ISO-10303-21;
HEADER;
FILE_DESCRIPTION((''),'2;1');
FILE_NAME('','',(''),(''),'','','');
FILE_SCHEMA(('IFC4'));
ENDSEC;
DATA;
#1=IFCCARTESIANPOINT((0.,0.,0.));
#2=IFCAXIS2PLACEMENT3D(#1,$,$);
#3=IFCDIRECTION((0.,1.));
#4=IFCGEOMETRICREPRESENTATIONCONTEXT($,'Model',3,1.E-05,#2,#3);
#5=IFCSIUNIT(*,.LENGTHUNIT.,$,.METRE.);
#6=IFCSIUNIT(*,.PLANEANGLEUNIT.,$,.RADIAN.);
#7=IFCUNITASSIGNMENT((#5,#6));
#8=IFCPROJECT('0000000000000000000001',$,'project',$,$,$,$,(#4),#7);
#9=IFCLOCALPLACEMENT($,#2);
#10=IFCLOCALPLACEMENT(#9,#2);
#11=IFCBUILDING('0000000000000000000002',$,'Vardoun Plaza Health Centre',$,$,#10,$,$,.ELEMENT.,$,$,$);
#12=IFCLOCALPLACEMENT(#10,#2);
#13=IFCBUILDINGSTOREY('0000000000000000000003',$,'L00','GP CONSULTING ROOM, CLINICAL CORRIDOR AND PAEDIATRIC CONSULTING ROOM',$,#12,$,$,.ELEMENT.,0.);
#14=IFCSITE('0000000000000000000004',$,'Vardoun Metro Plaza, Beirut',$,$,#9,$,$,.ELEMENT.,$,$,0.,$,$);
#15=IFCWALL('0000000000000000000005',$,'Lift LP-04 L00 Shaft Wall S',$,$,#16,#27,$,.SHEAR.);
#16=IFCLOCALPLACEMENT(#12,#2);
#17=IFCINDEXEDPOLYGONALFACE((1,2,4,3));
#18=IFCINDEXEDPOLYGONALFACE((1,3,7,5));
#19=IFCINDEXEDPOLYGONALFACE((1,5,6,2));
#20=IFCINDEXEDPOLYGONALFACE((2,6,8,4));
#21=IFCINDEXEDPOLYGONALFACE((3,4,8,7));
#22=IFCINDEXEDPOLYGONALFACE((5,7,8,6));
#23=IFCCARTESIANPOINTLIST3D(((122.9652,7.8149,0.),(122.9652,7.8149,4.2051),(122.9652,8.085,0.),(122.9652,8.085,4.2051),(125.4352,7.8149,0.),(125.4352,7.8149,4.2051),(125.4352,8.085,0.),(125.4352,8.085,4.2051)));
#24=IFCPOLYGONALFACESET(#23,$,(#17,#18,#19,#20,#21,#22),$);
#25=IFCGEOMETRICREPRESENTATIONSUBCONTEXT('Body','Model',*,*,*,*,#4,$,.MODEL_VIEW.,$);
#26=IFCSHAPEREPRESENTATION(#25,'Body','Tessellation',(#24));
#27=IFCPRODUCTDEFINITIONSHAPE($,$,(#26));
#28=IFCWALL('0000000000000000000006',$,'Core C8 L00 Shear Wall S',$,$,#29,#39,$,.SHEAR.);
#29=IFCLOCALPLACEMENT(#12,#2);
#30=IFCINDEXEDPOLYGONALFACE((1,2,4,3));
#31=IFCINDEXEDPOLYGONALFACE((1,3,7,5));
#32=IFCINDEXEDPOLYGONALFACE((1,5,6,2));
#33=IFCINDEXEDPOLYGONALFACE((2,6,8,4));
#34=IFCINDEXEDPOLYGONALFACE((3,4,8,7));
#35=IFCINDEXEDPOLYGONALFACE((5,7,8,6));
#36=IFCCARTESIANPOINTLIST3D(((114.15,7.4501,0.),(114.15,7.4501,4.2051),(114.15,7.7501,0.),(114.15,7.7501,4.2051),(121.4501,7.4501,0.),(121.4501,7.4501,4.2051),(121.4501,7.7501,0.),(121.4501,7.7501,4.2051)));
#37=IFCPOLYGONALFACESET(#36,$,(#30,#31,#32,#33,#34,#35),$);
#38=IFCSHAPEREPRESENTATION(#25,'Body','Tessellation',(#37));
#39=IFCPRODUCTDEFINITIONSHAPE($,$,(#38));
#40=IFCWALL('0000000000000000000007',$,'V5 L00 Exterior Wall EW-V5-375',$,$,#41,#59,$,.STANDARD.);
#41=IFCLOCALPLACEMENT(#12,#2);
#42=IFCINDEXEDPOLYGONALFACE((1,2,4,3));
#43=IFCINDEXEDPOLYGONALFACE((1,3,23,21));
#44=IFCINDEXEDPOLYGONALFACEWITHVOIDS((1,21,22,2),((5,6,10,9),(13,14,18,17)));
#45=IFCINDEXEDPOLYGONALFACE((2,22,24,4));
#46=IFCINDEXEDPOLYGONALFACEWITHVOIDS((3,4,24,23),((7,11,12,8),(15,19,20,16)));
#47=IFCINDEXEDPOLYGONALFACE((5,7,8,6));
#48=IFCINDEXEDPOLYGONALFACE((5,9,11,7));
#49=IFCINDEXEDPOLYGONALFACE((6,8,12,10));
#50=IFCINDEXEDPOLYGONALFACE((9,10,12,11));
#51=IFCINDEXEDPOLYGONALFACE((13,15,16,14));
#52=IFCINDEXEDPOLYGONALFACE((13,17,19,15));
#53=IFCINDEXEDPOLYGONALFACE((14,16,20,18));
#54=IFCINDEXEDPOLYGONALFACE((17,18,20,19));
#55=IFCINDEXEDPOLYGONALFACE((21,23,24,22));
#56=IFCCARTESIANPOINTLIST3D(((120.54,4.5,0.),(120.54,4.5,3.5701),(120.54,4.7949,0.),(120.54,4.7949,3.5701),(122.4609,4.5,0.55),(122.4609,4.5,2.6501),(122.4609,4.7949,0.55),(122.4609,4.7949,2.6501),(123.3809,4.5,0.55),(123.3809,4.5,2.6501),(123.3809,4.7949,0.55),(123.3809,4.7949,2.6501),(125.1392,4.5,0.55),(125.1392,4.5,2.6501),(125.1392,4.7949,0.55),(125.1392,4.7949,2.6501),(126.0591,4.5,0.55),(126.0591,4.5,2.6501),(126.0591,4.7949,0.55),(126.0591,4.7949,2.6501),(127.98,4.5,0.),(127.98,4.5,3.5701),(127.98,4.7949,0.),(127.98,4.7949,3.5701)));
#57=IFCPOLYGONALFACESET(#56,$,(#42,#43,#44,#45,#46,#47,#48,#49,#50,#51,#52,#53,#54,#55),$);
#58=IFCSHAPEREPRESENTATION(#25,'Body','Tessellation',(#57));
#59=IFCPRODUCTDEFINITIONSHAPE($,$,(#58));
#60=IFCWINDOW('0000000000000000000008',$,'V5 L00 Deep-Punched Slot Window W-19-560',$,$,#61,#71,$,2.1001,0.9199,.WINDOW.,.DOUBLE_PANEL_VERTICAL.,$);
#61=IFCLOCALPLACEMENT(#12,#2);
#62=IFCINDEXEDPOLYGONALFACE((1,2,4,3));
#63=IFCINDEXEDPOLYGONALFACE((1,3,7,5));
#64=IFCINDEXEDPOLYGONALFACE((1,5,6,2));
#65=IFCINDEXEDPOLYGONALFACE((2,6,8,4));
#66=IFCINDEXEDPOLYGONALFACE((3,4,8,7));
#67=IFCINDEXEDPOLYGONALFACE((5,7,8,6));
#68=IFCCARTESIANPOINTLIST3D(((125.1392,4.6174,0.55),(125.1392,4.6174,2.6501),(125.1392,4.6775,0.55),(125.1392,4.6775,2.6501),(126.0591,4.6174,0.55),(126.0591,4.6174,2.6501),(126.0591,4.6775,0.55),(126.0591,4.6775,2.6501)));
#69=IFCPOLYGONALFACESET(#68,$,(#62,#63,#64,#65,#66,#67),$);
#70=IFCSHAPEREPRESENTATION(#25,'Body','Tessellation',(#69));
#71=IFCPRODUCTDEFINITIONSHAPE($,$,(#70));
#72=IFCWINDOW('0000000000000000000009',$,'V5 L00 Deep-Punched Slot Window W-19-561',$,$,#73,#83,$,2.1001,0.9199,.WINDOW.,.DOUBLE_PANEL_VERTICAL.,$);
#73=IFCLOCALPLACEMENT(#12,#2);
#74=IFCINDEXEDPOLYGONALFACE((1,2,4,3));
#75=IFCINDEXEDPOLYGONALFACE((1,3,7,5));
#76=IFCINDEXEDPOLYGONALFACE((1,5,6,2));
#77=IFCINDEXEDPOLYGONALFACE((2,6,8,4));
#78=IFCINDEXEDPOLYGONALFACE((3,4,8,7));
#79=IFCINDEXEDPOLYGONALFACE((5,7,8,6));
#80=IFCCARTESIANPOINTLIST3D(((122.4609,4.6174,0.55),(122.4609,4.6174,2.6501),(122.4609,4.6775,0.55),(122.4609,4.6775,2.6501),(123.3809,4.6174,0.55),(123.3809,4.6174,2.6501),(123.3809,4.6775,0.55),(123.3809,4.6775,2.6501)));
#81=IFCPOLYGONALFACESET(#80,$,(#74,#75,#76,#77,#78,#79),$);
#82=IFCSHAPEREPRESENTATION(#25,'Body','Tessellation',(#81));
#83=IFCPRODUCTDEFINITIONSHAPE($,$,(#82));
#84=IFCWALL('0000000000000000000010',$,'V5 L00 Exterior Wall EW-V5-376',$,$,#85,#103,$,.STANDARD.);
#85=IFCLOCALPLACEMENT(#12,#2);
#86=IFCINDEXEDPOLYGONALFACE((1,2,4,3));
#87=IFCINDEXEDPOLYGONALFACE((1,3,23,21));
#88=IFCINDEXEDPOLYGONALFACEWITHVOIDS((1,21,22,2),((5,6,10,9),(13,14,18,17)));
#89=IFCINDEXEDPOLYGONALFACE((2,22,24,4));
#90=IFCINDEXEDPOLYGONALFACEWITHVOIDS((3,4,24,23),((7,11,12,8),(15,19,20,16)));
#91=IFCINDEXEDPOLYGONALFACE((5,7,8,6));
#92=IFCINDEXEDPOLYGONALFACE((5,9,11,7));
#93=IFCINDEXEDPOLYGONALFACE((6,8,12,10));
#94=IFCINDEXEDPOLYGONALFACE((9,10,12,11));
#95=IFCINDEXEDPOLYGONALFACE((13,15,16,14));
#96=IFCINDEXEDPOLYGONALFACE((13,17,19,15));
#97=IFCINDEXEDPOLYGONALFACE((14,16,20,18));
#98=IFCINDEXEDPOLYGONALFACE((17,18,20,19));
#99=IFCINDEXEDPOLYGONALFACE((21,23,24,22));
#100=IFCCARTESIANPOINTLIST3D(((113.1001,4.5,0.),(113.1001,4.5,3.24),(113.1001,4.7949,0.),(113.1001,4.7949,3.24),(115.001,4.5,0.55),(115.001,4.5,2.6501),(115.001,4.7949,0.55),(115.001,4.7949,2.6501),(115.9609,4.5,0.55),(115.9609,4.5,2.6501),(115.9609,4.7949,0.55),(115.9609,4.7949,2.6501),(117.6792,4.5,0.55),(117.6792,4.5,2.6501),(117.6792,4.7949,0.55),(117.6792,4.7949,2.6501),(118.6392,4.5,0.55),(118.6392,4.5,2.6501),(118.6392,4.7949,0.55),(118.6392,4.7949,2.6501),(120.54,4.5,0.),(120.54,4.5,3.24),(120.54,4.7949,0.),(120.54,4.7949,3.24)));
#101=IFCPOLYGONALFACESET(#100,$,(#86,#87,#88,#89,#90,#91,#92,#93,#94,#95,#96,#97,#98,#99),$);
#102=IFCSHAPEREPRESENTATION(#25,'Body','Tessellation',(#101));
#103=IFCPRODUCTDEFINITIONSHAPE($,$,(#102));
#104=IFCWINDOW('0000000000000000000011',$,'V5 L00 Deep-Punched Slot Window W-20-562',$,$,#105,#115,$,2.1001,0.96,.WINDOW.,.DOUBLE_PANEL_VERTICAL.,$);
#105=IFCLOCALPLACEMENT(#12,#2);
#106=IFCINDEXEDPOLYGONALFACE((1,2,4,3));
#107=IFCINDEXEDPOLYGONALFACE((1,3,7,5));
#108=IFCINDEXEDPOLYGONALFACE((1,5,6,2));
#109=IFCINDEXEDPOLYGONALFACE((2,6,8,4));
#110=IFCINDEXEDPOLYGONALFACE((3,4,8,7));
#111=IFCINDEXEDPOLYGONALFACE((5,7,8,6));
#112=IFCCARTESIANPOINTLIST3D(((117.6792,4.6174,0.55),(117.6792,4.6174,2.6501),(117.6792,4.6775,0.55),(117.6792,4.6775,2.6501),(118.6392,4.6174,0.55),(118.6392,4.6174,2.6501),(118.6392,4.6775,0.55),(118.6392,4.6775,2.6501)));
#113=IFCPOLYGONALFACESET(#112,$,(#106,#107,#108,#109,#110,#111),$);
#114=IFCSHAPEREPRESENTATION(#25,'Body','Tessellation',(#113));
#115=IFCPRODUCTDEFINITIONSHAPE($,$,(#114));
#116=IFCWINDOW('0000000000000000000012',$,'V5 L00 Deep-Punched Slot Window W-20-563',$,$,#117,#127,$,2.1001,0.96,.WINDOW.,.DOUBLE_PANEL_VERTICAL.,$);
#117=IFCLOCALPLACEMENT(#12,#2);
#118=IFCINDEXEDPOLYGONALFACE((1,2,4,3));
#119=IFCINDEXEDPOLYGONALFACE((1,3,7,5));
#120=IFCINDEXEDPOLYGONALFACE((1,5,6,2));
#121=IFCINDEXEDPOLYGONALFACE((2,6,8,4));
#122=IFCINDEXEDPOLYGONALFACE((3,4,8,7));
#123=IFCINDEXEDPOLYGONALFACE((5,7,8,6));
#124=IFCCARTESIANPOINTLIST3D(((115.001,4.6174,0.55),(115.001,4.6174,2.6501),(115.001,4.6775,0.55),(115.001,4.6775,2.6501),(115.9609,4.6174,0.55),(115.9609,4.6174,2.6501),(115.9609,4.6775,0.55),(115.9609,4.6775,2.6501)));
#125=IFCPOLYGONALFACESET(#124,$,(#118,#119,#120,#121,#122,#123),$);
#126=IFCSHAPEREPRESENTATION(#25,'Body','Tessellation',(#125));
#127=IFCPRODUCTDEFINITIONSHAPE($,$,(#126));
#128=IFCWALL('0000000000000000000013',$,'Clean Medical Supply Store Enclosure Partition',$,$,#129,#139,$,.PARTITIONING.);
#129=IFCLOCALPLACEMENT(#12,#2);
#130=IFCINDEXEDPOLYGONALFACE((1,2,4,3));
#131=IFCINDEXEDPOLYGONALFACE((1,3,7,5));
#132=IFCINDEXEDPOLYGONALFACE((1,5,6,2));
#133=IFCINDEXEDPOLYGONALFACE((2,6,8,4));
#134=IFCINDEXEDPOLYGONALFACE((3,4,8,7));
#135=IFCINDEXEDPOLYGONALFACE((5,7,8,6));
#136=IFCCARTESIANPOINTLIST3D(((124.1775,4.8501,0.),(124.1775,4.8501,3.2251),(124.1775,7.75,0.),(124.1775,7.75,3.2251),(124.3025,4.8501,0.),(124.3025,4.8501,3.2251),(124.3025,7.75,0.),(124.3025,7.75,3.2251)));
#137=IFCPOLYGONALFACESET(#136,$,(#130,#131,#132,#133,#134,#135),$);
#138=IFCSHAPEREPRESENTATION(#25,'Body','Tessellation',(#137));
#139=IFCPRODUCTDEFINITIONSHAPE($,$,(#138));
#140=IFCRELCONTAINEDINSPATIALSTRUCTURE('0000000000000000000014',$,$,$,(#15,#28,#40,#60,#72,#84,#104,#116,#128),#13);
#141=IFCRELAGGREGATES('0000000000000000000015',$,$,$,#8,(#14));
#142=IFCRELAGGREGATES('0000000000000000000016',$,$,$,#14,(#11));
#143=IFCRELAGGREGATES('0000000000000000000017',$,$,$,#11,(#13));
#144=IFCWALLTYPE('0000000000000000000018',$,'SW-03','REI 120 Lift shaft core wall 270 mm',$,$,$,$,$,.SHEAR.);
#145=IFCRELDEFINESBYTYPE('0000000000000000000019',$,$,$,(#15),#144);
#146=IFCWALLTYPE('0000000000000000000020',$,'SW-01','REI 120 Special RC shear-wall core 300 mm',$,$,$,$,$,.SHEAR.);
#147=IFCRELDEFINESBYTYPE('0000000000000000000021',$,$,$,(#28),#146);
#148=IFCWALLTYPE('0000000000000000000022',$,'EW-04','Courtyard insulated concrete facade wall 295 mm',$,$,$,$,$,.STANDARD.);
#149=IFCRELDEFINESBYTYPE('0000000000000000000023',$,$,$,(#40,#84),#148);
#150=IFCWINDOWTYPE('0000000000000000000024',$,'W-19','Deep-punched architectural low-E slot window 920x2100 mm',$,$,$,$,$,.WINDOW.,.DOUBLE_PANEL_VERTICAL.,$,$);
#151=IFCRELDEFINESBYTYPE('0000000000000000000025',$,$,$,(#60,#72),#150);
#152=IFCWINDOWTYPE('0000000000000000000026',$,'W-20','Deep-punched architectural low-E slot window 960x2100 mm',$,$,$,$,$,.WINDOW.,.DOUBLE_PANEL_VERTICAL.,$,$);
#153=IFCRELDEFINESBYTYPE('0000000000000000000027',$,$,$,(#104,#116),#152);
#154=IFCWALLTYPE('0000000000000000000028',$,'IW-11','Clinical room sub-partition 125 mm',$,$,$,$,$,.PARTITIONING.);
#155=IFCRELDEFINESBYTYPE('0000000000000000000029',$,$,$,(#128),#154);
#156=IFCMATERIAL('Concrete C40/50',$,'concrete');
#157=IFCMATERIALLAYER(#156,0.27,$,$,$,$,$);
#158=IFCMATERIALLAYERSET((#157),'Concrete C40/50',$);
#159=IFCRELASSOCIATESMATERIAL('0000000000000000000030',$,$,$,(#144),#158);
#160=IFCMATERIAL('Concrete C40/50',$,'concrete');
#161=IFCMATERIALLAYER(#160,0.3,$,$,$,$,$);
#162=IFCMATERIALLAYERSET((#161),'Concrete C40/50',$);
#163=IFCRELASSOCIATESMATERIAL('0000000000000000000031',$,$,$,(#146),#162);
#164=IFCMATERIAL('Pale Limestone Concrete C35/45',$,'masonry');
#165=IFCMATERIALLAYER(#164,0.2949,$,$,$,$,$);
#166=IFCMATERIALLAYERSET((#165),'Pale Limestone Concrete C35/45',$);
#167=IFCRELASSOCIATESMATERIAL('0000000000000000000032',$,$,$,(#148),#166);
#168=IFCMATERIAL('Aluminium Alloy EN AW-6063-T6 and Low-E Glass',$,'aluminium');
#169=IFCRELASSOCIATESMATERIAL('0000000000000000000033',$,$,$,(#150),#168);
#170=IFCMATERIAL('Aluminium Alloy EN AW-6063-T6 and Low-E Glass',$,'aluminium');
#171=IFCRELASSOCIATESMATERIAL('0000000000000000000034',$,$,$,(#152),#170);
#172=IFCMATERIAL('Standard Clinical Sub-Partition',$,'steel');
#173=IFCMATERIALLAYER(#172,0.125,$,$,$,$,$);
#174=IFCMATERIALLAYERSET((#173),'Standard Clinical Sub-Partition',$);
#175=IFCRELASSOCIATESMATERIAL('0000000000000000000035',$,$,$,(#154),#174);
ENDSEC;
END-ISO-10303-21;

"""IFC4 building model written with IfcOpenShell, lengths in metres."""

from ifc_helpers import new_model, si_unit, direction, frame, frame_2d, origin, place, context, subcontext, project, spatial, rectangle, extrude, material, layer, layer_set, type_object, element, fill, save


model = new_model("IFC4")

# Units and contexts
model_context = context("Model", 3, precision=1e-05, world=origin(), true_north=direction((0.0, 1.0)))
body_context = subcontext(model_context, "Body", "Model", "MODEL_VIEW")
ifc_project = project(units=[si_unit("LENGTHUNIT", "METRE"), si_unit("PLANEANGLEUNIT", "RADIAN")], contexts=[model_context])

# Site, building, storey
site_placement = place(None, origin())
site = spatial("IfcSite", under=ifc_project, at=site_placement, Name="Vardoun Metro Plaza, Beirut", CompositionType="ELEMENT", RefElevation=0.0)
building_placement = place(site_placement, origin())
building = spatial("IfcBuilding", under=site, at=building_placement, Name="Vardoun Plaza Health Centre", CompositionType="ELEMENT")
storey_placement = place(building_placement, origin())
storey = spatial("IfcBuildingStorey", under=building, at=storey_placement, Name="L00", Description="GP CONSULTING ROOM, CLINICAL CORRIDOR AND PAEDIATRIC CONSULTING ROOM", CompositionType="ELEMENT", Elevation=0.0)

# Walls
ifc_material_1 = material(Name="Concrete C40/50", Category="concrete")
ifc_layer_1 = layer(ifc_material_1, 0.27)
ifc_layer_set_1 = layer_set([ifc_layer_1], Name="Concrete C40/50")
wall_type_1 = type_object("IfcWallType", Name="SW-03", Description="REI 120 Lift shaft core wall 270 mm", PredefinedType="SHEAR", material=ifc_layer_set_1)
wall_1_placement = place(storey_placement, frame((125.4351, 7.95, 0.0), z_axis=(0.0, 0.0, 1.0), x_axis=(-1.0, 0.0, 0.0)))
element("IfcWall", 1, at=wall_1_placement, inside=storey, type_object=wall_type_1, Name="Lift LP-04 L00 Shaft Wall S", PredefinedType="SHEAR", context=body_context, shape_type="SweptSolid", body=[
    extrude(rectangle(XDim=2.47, YDim=0.27, at=frame_2d((1.2349, 0.0))), origin(), (0.0, 0.0, 1.0), 4.2051),
])
ifc_material_2 = material(Name="Concrete C40/50", Category="concrete")
ifc_layer_2 = layer(ifc_material_2, 0.3)
ifc_layer_set_2 = layer_set([ifc_layer_2], Name="Concrete C40/50")
wall_type_2 = type_object("IfcWallType", Name="SW-01", Description="REI 120 Special RC shear-wall core 300 mm", PredefinedType="SHEAR", material=ifc_layer_set_2)
wall_2_placement = place(storey_placement, frame((121.45, 7.6001, 0.0), z_axis=(0.0, 0.0, 1.0), x_axis=(-1.0, 0.0, 0.0)))
element("IfcWall", 2, at=wall_2_placement, inside=storey, type_object=wall_type_2, Name="Core C8 L00 Shear Wall S", PredefinedType="SHEAR", context=body_context, shape_type="SweptSolid", body=[
    extrude(rectangle(XDim=7.3, YDim=0.3, at=frame_2d((3.6499, 0.0))), origin(), (0.0, 0.0, 1.0), 4.2051),
])

# Walls, openings, windows
ifc_material_3 = material(Name="Pale Limestone Concrete C35/45", Category="masonry")
ifc_layer_3 = layer(ifc_material_3, 0.2949)
ifc_layer_set_3 = layer_set([ifc_layer_3], Name="Pale Limestone Concrete C35/45")
wall_type_3 = type_object("IfcWallType", Name="EW-04", Description="Courtyard insulated concrete facade wall 295 mm", PredefinedType="STANDARD", material=ifc_layer_set_3)
wall_3_placement = place(storey_placement, frame((127.98, 4.6475, 0.0), z_axis=(0.0, 0.0, 1.0), x_axis=(-1.0, 0.0, 0.0)))
wall_3 = element("IfcWall", 3, at=wall_3_placement, inside=storey, type_object=wall_type_3, Name="V5 L00 Exterior Wall EW-V5-375", PredefinedType="STANDARD", context=body_context, shape_type="SweptSolid", body=[
    extrude(rectangle(XDim=7.4399, YDim=0.2949, at=frame_2d((3.72, 0.0))), origin(), (0.0, 0.0, 1.0), 3.5701),
])
opening_1_placement = place(wall_3_placement, frame((1.9209, 0.0, 0.55)))
opening_1 = element("IfcOpeningElement", 4, at=opening_1_placement, cuts=wall_3, PredefinedType="OPENING", context=body_context, shape_type="SweptSolid", body=[
    extrude(rectangle(XDim=0.9199, YDim=2.1001, at=frame_2d((0.46, 1.05))), frame((0.0, 0.1475, 0.0), z_axis=(0.0, -1.0, 0.0), x_axis=(1.0, 0.0, 0.0)), (0.0, 0.0, 1.0), 0.2949),
])
opening_2_placement = place(wall_3_placement, frame((4.5991, 0.0, 0.55)))
opening_2 = element("IfcOpeningElement", 5, at=opening_2_placement, cuts=wall_3, PredefinedType="OPENING", context=body_context, shape_type="SweptSolid", body=[
    extrude(rectangle(XDim=0.9199, YDim=2.1001, at=frame_2d((0.46, 1.05))), frame((0.0, 0.1475, 0.0), z_axis=(0.0, -1.0, 0.0), x_axis=(1.0, 0.0, 0.0)), (0.0, 0.0, 1.0), 0.2949),
])
ifc_material_4 = material(Name="Aluminium Alloy EN AW-6063-T6 and Low-E Glass", Category="aluminium")
window_type_1 = type_object("IfcWindowType", Name="W-19", Description="Deep-punched architectural low-E slot window 920x2100 mm", PartitioningType="DOUBLE_PANEL_VERTICAL", PredefinedType="WINDOW", material=ifc_material_4)
window_1_placement = place(opening_1_placement, origin())
window_1 = element("IfcWindow", 6, at=window_1_placement, inside=storey, type_object=window_type_1, Name="V5 L00 Deep-Punched Slot Window W-19-560", OverallHeight=2.1001, OverallWidth=0.9199, PartitioningType="DOUBLE_PANEL_VERTICAL", PredefinedType="WINDOW", context=body_context, shape_type="SweptSolid", body=[
    extrude(rectangle(XDim=0.9199, YDim=2.1001, at=frame_2d((0.46, 1.05))), frame((0.0, 0.03, 0.0), z_axis=(0.0, -1.0, 0.0), x_axis=(1.0, 0.0, 0.0)), (0.0, 0.0, 1.0), 0.0601),
])
fill(opening_1, window_1)
window_2_placement = place(opening_2_placement, origin())
window_2 = element("IfcWindow", 7, at=window_2_placement, inside=storey, type_object=window_type_1, Name="V5 L00 Deep-Punched Slot Window W-19-561", OverallHeight=2.1001, OverallWidth=0.9199, PartitioningType="DOUBLE_PANEL_VERTICAL", PredefinedType="WINDOW", context=body_context, shape_type="SweptSolid", body=[
    extrude(rectangle(XDim=0.9199, YDim=2.1001, at=frame_2d((0.46, 1.05))), frame((0.0, 0.03, 0.0), z_axis=(0.0, -1.0, 0.0), x_axis=(1.0, 0.0, 0.0)), (0.0, 0.0, 1.0), 0.0601),
])
fill(opening_2, window_2)
wall_4_placement = place(storey_placement, frame((120.54, 4.6475, 0.0), z_axis=(0.0, 0.0, 1.0), x_axis=(-1.0, 0.0, 0.0)))
wall_4 = element("IfcWall", 8, at=wall_4_placement, inside=storey, type_object=wall_type_3, Name="V5 L00 Exterior Wall EW-V5-376", PredefinedType="STANDARD", context=body_context, shape_type="SweptSolid", body=[
    extrude(rectangle(XDim=7.4399, YDim=0.2949, at=frame_2d((3.72, 0.0))), origin(), (0.0, 0.0, 1.0), 3.24),
])
opening_3_placement = place(wall_4_placement, frame((1.9009, 0.0, 0.55)))
opening_3 = element("IfcOpeningElement", 9, at=opening_3_placement, cuts=wall_4, PredefinedType="OPENING", context=body_context, shape_type="SweptSolid", body=[
    extrude(rectangle(XDim=0.96, YDim=2.1001, at=frame_2d((0.48, 1.05))), frame((0.0, 0.1475, 0.0), z_axis=(0.0, -1.0, 0.0), x_axis=(1.0, 0.0, 0.0)), (0.0, 0.0, 1.0), 0.2949),
])
opening_4_placement = place(wall_4_placement, frame((4.5791, 0.0, 0.55)))
opening_4 = element("IfcOpeningElement", 10, at=opening_4_placement, cuts=wall_4, PredefinedType="OPENING", context=body_context, shape_type="SweptSolid", body=[
    extrude(rectangle(XDim=0.96, YDim=2.1001, at=frame_2d((0.48, 1.05))), frame((0.0, 0.1475, 0.0), z_axis=(0.0, -1.0, 0.0), x_axis=(1.0, 0.0, 0.0)), (0.0, 0.0, 1.0), 0.2949),
])
ifc_material_5 = material(Name="Aluminium Alloy EN AW-6063-T6 and Low-E Glass", Category="aluminium")
window_type_2 = type_object("IfcWindowType", Name="W-20", Description="Deep-punched architectural low-E slot window 960x2100 mm", PartitioningType="DOUBLE_PANEL_VERTICAL", PredefinedType="WINDOW", material=ifc_material_5)
window_3_placement = place(opening_3_placement, origin())
window_3 = element("IfcWindow", 11, at=window_3_placement, inside=storey, type_object=window_type_2, Name="V5 L00 Deep-Punched Slot Window W-20-562", OverallHeight=2.1001, OverallWidth=0.96, PartitioningType="DOUBLE_PANEL_VERTICAL", PredefinedType="WINDOW", context=body_context, shape_type="SweptSolid", body=[
    extrude(rectangle(XDim=0.96, YDim=2.1001, at=frame_2d((0.48, 1.05))), frame((0.0, 0.03, 0.0), z_axis=(0.0, -1.0, 0.0), x_axis=(1.0, 0.0, 0.0)), (0.0, 0.0, 1.0), 0.0601),
])
fill(opening_3, window_3)
window_4_placement = place(opening_4_placement, origin())
window_4 = element("IfcWindow", 12, at=window_4_placement, inside=storey, type_object=window_type_2, Name="V5 L00 Deep-Punched Slot Window W-20-563", OverallHeight=2.1001, OverallWidth=0.96, PartitioningType="DOUBLE_PANEL_VERTICAL", PredefinedType="WINDOW", context=body_context, shape_type="SweptSolid", body=[
    extrude(rectangle(XDim=0.96, YDim=2.1001, at=frame_2d((0.48, 1.05))), frame((0.0, 0.03, 0.0), z_axis=(0.0, -1.0, 0.0), x_axis=(1.0, 0.0, 0.0)), (0.0, 0.0, 1.0), 0.0601),
])
fill(opening_4, window_4)

# Wall
ifc_material_6 = material(Name="Standard Clinical Sub-Partition", Category="steel")
ifc_layer_4 = layer(ifc_material_6, 0.125)
ifc_layer_set_4 = layer_set([ifc_layer_4], Name="Standard Clinical Sub-Partition")
wall_type_4 = type_object("IfcWallType", Name="IW-11", Description="Clinical room sub-partition 125 mm", PredefinedType="PARTITIONING", material=ifc_layer_set_4)
wall_5_placement = place(storey_placement, frame((124.24, 4.8501, 0.0), z_axis=(0.0, 0.0, 1.0), x_axis=(0.0, 1.0, 0.0)))
element("IfcWall", 13, at=wall_5_placement, inside=storey, type_object=wall_type_4, Name="Clean Medical Supply Store Enclosure Partition", PredefinedType="PARTITIONING", context=body_context, shape_type="SweptSolid", body=[
    extrude(rectangle(XDim=2.8999, YDim=0.125, at=frame_2d((1.45, 0.0))), origin(), (0.0, 0.0, 1.0), 3.2251),
])

save(model, "model.ifc")
